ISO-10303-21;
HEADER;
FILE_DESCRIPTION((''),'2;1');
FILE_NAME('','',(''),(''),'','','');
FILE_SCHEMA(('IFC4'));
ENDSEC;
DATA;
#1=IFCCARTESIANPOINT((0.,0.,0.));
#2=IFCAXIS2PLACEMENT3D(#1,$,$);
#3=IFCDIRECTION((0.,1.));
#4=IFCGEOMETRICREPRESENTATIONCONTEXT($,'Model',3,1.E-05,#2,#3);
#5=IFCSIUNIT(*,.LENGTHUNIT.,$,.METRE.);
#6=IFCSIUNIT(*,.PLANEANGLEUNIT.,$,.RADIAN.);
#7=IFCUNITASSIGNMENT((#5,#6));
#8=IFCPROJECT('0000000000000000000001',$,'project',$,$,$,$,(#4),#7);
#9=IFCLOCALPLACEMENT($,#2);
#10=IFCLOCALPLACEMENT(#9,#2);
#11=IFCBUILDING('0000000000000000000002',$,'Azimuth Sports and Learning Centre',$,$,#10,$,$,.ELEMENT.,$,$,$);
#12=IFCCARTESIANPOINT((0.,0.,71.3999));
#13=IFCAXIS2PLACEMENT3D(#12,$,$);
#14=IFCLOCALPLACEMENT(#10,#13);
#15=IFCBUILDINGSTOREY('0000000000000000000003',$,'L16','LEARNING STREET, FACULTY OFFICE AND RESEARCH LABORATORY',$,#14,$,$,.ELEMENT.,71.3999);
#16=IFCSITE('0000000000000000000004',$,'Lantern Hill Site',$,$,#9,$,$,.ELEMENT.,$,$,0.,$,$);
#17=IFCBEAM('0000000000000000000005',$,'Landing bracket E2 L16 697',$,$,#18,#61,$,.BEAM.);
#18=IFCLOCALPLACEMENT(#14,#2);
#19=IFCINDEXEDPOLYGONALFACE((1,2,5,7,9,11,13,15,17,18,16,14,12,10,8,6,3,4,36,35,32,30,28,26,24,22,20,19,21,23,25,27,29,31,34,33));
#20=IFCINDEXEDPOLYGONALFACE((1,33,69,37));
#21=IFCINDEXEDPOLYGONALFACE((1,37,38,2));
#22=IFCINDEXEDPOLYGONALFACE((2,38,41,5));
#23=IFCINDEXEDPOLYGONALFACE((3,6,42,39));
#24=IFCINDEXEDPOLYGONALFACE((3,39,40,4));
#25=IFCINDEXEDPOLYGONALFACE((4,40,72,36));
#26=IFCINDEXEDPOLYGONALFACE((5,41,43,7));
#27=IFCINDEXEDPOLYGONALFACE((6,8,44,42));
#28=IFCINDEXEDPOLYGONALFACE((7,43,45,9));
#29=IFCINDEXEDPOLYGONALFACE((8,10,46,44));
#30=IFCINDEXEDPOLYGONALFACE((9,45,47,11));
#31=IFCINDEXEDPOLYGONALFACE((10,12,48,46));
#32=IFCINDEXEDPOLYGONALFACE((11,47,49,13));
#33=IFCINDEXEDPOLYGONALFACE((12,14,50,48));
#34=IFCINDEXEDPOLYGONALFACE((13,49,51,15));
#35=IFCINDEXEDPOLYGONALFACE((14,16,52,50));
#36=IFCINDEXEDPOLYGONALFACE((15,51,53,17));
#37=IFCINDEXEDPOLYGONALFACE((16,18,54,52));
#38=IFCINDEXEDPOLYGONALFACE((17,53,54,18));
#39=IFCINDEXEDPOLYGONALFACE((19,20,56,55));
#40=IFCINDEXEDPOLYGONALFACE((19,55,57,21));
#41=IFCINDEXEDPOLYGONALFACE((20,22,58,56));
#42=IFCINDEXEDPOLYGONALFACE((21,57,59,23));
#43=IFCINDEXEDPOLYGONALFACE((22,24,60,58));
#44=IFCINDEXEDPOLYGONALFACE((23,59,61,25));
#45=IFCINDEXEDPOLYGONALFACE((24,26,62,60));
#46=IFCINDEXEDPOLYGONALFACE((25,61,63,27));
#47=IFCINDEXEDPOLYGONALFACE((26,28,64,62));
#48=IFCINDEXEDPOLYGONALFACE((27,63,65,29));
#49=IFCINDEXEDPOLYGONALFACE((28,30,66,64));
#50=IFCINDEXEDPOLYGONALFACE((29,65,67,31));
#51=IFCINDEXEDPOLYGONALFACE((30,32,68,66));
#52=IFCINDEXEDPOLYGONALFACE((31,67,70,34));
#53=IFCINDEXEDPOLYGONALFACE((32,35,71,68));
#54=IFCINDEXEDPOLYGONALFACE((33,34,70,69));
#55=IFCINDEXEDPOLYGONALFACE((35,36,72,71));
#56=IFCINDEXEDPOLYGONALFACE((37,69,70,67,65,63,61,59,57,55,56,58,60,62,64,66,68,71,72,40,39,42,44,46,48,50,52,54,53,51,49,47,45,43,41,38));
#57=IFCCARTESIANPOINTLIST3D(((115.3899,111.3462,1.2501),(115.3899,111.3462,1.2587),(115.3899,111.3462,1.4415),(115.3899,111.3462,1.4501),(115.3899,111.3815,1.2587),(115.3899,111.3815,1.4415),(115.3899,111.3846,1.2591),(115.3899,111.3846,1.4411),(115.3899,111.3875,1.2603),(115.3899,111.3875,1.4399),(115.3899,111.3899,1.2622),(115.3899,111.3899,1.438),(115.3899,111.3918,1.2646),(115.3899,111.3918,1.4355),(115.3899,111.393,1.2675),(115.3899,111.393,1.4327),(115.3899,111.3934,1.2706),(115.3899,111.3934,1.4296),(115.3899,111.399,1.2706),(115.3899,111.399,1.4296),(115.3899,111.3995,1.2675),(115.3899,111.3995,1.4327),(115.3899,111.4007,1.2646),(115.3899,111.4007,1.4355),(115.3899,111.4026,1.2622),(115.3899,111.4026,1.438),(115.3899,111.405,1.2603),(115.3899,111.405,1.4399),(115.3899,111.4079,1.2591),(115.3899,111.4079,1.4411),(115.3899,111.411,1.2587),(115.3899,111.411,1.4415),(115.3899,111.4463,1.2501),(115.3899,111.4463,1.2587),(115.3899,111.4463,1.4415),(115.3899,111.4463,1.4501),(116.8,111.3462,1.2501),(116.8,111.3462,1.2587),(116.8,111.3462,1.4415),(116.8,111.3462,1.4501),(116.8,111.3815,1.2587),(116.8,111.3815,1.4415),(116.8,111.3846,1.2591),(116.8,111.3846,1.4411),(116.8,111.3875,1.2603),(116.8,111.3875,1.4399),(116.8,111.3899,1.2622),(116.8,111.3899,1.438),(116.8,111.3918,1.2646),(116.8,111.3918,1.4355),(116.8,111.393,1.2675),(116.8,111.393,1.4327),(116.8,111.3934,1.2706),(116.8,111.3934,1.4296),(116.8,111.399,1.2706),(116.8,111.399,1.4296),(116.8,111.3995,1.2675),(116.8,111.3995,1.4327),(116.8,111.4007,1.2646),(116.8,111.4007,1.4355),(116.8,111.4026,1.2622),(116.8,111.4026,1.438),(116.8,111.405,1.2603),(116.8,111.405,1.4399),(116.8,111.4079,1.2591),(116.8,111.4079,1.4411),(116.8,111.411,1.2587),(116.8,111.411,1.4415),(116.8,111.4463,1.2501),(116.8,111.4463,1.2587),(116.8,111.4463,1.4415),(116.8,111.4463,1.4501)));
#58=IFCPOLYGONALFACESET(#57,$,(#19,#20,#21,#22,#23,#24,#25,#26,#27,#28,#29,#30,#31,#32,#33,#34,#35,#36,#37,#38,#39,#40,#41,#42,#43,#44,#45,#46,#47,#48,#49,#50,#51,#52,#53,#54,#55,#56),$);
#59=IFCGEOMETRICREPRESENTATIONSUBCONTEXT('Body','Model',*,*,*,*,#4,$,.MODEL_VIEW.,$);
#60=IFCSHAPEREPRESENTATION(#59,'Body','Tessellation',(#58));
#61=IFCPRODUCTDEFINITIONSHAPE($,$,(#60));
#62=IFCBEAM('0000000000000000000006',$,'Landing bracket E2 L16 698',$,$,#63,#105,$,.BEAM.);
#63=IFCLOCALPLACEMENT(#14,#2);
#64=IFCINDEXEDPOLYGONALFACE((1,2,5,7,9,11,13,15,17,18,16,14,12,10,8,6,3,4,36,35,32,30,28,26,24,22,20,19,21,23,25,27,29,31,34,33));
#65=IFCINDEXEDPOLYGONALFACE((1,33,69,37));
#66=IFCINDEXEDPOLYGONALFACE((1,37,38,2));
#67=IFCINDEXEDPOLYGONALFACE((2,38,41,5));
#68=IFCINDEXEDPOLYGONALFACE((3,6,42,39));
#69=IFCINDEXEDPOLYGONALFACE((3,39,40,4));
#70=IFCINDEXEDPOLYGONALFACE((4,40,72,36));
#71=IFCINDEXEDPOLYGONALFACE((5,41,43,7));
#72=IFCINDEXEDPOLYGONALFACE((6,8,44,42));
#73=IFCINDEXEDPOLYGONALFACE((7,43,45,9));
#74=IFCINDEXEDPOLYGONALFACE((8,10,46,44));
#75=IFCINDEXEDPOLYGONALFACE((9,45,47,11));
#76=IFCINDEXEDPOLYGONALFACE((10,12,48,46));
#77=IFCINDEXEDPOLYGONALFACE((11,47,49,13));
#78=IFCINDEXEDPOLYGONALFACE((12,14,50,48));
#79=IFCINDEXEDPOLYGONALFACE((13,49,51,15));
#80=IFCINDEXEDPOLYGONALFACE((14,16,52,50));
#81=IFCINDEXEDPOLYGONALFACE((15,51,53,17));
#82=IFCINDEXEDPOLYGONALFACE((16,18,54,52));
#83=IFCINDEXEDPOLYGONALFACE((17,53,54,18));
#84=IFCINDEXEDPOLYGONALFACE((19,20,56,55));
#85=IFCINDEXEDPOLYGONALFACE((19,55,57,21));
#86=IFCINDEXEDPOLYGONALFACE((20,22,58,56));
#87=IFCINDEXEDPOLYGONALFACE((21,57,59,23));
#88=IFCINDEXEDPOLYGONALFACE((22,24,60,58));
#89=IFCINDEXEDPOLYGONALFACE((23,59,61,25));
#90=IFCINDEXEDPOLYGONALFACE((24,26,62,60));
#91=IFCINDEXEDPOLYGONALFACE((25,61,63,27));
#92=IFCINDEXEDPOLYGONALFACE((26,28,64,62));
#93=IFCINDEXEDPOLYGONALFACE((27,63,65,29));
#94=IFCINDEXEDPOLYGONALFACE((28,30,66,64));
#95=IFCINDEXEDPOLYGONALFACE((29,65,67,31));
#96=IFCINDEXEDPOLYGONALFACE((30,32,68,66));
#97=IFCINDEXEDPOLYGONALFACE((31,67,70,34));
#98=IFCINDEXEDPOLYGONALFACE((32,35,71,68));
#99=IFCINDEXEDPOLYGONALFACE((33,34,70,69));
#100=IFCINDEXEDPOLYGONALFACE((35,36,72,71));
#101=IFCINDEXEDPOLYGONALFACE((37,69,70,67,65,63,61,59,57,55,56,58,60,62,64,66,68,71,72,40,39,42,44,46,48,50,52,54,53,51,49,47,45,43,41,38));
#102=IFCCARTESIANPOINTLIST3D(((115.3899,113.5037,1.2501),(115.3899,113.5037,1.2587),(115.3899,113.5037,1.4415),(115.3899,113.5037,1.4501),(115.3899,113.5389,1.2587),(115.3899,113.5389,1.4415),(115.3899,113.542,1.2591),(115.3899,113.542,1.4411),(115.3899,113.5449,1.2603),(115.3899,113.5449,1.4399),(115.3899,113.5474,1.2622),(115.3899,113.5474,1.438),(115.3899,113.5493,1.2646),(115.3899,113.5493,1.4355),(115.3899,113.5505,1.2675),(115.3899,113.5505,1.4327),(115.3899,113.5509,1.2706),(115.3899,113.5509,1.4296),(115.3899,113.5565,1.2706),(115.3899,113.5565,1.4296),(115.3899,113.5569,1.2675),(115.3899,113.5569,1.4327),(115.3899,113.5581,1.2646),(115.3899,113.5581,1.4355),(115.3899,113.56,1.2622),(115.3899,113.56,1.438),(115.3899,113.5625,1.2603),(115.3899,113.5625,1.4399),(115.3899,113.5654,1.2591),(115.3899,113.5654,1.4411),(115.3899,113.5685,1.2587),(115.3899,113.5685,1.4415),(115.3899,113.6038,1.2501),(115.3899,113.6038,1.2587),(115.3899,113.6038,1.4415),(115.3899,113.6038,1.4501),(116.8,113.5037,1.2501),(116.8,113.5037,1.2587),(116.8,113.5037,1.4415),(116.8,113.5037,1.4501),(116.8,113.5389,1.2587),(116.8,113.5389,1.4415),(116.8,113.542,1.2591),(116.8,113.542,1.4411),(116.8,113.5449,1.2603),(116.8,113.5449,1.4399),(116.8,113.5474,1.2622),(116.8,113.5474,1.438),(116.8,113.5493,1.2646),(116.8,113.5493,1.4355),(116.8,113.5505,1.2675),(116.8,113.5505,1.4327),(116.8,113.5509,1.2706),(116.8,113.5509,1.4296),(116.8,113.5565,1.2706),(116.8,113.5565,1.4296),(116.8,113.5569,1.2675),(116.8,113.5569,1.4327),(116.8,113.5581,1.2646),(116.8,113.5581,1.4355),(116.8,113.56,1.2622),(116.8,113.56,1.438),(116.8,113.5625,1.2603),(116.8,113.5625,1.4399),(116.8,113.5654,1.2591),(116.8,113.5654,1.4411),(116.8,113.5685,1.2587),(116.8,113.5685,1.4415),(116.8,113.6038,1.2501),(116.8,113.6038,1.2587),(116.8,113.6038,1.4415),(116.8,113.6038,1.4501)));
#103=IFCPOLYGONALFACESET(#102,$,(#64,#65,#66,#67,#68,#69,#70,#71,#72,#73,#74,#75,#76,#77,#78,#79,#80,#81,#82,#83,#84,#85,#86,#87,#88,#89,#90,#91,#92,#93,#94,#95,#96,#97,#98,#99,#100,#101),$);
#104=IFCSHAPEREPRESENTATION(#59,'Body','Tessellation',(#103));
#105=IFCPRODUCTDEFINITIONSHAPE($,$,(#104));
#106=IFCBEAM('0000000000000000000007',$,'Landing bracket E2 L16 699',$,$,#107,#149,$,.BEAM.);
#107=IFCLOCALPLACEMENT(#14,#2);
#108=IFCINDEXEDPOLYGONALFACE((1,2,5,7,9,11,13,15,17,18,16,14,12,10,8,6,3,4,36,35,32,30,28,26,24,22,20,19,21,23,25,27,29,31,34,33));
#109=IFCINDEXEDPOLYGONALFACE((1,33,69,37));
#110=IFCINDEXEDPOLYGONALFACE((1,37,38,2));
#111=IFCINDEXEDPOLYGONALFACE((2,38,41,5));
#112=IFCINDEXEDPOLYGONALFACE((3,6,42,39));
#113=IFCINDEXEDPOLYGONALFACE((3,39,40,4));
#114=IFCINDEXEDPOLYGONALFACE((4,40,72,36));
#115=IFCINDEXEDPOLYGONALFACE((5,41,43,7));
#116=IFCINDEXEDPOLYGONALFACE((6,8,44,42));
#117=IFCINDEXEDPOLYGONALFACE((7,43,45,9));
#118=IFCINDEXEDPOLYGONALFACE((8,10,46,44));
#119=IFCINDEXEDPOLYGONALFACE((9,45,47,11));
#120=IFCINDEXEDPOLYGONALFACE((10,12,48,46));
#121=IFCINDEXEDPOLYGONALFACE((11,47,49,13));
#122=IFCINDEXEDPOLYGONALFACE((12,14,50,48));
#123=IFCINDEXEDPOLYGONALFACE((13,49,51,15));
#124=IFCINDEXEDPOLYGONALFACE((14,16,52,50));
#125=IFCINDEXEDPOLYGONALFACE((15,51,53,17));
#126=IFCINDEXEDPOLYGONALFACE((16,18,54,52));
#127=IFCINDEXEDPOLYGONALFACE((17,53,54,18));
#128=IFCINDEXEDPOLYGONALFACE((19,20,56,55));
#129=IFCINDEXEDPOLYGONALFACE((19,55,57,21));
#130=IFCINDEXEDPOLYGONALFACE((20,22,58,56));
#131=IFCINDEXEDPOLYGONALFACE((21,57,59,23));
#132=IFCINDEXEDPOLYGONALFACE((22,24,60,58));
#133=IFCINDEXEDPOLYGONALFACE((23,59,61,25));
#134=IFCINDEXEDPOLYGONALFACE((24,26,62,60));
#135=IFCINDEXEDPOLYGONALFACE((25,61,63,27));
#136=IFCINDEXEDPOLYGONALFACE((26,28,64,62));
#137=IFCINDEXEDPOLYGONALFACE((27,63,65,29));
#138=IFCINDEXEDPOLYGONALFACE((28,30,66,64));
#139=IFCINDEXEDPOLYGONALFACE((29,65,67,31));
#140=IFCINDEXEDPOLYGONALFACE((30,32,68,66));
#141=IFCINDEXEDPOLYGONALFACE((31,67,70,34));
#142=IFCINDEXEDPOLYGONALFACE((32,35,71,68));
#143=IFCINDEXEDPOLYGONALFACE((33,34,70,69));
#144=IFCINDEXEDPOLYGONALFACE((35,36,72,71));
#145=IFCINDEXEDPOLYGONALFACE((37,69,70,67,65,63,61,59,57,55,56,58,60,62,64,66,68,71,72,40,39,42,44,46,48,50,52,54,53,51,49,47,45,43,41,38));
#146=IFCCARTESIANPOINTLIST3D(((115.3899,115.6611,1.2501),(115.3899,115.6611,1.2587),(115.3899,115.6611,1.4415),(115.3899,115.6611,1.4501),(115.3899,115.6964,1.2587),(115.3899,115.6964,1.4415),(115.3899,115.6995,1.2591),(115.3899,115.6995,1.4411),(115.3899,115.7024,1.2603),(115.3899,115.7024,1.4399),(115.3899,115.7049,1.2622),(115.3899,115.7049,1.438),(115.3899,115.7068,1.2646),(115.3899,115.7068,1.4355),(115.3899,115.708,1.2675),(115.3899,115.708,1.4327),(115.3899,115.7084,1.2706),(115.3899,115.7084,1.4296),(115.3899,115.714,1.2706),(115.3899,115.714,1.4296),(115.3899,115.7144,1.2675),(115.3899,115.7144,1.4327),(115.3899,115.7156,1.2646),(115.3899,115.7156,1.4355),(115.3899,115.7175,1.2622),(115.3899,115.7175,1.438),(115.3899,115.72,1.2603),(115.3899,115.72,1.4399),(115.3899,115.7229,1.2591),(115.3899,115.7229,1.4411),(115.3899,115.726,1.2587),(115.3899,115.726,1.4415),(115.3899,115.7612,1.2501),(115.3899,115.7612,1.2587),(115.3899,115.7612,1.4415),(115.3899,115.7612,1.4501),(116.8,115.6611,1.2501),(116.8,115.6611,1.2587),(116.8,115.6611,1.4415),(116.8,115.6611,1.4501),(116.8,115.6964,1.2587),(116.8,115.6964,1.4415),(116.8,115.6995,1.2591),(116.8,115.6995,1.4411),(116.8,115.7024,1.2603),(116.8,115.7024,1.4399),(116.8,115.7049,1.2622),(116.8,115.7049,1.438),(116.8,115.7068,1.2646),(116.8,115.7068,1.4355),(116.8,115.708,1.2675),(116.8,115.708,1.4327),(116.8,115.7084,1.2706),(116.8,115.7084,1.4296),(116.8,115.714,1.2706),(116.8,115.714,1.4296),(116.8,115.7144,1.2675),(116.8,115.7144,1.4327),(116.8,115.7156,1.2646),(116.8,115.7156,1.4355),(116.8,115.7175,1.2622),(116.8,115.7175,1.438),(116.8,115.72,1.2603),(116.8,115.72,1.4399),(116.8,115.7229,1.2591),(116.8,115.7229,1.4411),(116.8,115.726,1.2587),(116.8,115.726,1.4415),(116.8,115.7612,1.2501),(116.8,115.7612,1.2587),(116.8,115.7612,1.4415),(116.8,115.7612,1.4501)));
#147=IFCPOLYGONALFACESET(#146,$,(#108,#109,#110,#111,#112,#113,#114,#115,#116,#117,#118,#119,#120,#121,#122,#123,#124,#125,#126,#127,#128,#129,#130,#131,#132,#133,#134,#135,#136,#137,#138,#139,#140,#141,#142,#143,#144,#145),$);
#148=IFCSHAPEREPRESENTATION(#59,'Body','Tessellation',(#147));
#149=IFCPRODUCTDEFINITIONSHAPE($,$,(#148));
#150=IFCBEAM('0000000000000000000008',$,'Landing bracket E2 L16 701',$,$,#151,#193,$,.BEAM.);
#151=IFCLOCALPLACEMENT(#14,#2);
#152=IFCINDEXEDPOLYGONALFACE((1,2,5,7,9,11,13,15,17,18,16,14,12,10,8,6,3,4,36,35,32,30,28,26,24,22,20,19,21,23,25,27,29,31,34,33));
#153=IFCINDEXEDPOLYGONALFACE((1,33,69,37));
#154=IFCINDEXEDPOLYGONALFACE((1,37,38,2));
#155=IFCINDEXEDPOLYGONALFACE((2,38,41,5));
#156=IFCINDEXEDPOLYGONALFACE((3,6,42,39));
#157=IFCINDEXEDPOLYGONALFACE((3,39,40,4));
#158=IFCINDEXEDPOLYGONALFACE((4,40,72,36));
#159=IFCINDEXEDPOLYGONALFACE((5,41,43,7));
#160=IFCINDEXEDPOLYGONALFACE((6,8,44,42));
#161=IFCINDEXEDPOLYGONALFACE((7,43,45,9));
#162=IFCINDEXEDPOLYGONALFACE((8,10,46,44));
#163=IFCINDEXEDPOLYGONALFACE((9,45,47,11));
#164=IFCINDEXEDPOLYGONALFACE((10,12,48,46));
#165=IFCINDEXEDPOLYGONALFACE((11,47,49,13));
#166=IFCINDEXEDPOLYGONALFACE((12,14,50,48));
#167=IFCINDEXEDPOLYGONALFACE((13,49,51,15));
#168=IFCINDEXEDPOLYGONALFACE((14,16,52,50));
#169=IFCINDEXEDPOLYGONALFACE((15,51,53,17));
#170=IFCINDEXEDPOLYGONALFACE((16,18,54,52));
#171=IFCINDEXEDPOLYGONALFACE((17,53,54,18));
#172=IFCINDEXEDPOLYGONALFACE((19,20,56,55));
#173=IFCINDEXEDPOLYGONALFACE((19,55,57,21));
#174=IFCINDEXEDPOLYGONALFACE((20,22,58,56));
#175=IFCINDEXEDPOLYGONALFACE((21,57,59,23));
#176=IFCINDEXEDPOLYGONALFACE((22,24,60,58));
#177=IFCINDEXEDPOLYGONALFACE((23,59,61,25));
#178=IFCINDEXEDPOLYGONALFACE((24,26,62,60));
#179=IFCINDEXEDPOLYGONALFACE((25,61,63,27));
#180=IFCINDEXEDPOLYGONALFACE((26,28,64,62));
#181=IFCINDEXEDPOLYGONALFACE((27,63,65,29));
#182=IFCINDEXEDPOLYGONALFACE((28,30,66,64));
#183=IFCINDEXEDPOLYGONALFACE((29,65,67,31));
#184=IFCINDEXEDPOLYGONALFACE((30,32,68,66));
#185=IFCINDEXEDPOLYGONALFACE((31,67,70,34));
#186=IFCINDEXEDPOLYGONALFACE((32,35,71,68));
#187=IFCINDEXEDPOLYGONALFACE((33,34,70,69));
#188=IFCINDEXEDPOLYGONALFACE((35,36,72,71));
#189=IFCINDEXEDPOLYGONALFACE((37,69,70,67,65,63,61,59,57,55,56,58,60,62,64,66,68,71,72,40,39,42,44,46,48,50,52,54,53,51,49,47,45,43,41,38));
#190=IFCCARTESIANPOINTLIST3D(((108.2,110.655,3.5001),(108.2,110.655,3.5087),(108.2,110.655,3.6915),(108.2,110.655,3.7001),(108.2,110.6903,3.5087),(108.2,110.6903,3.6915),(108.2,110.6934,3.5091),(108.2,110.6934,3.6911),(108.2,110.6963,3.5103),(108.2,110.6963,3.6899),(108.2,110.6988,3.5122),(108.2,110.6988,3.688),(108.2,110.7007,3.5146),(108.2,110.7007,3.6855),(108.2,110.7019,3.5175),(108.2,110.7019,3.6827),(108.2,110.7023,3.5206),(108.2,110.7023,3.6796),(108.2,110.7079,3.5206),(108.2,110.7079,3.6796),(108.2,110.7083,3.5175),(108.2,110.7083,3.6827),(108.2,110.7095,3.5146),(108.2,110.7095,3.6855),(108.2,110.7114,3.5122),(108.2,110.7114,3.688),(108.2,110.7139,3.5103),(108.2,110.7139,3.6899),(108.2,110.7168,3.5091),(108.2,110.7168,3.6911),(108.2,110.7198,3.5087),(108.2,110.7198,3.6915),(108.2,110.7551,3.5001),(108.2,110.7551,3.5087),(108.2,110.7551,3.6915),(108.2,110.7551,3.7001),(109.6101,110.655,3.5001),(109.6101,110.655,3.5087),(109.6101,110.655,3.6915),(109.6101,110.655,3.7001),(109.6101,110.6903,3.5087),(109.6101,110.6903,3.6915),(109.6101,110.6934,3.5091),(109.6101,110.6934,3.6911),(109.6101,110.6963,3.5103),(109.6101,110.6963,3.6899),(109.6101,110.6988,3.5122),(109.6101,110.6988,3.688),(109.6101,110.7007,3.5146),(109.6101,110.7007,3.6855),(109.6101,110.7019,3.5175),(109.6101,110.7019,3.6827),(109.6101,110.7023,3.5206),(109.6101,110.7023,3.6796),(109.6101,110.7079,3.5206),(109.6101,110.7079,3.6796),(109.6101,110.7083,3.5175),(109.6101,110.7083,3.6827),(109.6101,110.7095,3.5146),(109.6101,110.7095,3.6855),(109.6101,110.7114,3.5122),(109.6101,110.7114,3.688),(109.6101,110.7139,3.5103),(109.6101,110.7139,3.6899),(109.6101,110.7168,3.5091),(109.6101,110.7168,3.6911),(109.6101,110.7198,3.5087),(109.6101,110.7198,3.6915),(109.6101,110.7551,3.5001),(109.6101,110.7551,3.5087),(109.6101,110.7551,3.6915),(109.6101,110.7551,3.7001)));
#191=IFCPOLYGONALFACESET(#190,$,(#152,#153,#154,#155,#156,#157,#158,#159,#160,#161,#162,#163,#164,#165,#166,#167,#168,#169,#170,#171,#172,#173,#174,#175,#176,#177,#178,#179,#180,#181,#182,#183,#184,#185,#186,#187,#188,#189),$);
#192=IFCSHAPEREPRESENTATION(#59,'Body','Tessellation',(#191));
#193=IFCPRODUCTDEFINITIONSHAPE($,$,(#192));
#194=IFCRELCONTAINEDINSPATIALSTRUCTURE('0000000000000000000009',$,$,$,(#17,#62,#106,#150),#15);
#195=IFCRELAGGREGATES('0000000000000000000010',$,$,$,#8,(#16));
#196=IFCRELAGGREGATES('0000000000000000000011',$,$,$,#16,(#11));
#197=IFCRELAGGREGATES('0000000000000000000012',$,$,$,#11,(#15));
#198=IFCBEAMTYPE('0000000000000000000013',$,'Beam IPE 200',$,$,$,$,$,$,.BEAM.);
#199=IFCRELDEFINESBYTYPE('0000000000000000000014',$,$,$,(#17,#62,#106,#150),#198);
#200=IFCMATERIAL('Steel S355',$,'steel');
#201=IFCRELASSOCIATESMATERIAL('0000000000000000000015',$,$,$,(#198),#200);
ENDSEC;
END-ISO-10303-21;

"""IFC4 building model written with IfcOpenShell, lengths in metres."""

from ifc_helpers import new_model, si_unit, direction, frame, origin, origin_2d, place, context, subcontext, project, spatial, i_section, extrude, material, material_profile, profile_set, type_object, element, save


model = new_model("IFC4")

# Units and contexts
model_context = context("Model", 3, precision=1e-05, world=origin(), true_north=direction((0.0, 1.0)))
body_context = subcontext(model_context, "Body", "Model", "MODEL_VIEW")
ifc_project = project(units=[si_unit("LENGTHUNIT", "METRE"), si_unit("PLANEANGLEUNIT", "RADIAN")], contexts=[model_context])

# Site, building, storey
site_placement = place(None, origin())
site = spatial("IfcSite", under=ifc_project, at=site_placement, Name="Lantern Hill Site", CompositionType="ELEMENT", RefElevation=0.0)
building_placement = place(site_placement, origin())
building = spatial("IfcBuilding", under=site, at=building_placement, Name="Azimuth Sports and Learning Centre", CompositionType="ELEMENT")
storey_placement = place(building_placement, frame((0.0, 0.0, 71.3999)))
storey = spatial("IfcBuildingStorey", under=building, at=storey_placement, Name="L16", Description="LEARNING STREET, FACULTY OFFICE AND RESEARCH LABORATORY", CompositionType="ELEMENT", Elevation=71.3999)

# Beams
ifc_material_1 = material(Name="Steel S355", Category="steel")
ifc_material_profile_1 = material_profile(ifc_material_1, i_section(OverallWidth=0.1001, OverallDepth=0.2, WebThickness=0.0056, FlangeThickness=0.0085, FilletRadius=0.012, at=origin_2d()), Name="IPE 200")
ifc_profile_set_1 = profile_set([ifc_material_profile_1], Name="Steel S355")
beam_type_1 = type_object("IfcBeamType", Name="Beam IPE 200", PredefinedType="BEAM", material=ifc_profile_set_1)
for number, where, z_axis, x_axis, name in (
    (1, (116.8, 111.3962, 1.3501), (-1.0, 0.0, 0.0), (0.0, -1.0, 0.0), "Landing bracket E2 L16 697"),
    (2, (116.8, 113.5537, 1.3501), (-1.0, 0.0, 0.0), (0.0, -1.0, 0.0), "Landing bracket E2 L16 698"),
    (3, (116.8, 115.7112, 1.3501), (-1.0, 0.0, 0.0), (0.0, -1.0, 0.0), "Landing bracket E2 L16 699"),
    (4, (108.2, 110.7051, 3.6001), (1.0, 0.0, 0.0), (0.0, 1.0, 0.0), "Landing bracket E2 L16 701"),
):
    element("IfcBeam", number, at=place(storey_placement, frame(where, z_axis=z_axis, x_axis=x_axis)), inside=storey, type_object=beam_type_1, Name=name, PredefinedType="BEAM", context=body_context, shape_type="SweptSolid", body=[
        extrude(i_section(OverallWidth=0.1001, OverallDepth=0.2, WebThickness=0.0056, FlangeThickness=0.0085, FilletRadius=0.012, at=origin_2d()), origin(), (0.0, 0.0, 1.0), 1.4102),
    ])

save(model, "model.ifc")
